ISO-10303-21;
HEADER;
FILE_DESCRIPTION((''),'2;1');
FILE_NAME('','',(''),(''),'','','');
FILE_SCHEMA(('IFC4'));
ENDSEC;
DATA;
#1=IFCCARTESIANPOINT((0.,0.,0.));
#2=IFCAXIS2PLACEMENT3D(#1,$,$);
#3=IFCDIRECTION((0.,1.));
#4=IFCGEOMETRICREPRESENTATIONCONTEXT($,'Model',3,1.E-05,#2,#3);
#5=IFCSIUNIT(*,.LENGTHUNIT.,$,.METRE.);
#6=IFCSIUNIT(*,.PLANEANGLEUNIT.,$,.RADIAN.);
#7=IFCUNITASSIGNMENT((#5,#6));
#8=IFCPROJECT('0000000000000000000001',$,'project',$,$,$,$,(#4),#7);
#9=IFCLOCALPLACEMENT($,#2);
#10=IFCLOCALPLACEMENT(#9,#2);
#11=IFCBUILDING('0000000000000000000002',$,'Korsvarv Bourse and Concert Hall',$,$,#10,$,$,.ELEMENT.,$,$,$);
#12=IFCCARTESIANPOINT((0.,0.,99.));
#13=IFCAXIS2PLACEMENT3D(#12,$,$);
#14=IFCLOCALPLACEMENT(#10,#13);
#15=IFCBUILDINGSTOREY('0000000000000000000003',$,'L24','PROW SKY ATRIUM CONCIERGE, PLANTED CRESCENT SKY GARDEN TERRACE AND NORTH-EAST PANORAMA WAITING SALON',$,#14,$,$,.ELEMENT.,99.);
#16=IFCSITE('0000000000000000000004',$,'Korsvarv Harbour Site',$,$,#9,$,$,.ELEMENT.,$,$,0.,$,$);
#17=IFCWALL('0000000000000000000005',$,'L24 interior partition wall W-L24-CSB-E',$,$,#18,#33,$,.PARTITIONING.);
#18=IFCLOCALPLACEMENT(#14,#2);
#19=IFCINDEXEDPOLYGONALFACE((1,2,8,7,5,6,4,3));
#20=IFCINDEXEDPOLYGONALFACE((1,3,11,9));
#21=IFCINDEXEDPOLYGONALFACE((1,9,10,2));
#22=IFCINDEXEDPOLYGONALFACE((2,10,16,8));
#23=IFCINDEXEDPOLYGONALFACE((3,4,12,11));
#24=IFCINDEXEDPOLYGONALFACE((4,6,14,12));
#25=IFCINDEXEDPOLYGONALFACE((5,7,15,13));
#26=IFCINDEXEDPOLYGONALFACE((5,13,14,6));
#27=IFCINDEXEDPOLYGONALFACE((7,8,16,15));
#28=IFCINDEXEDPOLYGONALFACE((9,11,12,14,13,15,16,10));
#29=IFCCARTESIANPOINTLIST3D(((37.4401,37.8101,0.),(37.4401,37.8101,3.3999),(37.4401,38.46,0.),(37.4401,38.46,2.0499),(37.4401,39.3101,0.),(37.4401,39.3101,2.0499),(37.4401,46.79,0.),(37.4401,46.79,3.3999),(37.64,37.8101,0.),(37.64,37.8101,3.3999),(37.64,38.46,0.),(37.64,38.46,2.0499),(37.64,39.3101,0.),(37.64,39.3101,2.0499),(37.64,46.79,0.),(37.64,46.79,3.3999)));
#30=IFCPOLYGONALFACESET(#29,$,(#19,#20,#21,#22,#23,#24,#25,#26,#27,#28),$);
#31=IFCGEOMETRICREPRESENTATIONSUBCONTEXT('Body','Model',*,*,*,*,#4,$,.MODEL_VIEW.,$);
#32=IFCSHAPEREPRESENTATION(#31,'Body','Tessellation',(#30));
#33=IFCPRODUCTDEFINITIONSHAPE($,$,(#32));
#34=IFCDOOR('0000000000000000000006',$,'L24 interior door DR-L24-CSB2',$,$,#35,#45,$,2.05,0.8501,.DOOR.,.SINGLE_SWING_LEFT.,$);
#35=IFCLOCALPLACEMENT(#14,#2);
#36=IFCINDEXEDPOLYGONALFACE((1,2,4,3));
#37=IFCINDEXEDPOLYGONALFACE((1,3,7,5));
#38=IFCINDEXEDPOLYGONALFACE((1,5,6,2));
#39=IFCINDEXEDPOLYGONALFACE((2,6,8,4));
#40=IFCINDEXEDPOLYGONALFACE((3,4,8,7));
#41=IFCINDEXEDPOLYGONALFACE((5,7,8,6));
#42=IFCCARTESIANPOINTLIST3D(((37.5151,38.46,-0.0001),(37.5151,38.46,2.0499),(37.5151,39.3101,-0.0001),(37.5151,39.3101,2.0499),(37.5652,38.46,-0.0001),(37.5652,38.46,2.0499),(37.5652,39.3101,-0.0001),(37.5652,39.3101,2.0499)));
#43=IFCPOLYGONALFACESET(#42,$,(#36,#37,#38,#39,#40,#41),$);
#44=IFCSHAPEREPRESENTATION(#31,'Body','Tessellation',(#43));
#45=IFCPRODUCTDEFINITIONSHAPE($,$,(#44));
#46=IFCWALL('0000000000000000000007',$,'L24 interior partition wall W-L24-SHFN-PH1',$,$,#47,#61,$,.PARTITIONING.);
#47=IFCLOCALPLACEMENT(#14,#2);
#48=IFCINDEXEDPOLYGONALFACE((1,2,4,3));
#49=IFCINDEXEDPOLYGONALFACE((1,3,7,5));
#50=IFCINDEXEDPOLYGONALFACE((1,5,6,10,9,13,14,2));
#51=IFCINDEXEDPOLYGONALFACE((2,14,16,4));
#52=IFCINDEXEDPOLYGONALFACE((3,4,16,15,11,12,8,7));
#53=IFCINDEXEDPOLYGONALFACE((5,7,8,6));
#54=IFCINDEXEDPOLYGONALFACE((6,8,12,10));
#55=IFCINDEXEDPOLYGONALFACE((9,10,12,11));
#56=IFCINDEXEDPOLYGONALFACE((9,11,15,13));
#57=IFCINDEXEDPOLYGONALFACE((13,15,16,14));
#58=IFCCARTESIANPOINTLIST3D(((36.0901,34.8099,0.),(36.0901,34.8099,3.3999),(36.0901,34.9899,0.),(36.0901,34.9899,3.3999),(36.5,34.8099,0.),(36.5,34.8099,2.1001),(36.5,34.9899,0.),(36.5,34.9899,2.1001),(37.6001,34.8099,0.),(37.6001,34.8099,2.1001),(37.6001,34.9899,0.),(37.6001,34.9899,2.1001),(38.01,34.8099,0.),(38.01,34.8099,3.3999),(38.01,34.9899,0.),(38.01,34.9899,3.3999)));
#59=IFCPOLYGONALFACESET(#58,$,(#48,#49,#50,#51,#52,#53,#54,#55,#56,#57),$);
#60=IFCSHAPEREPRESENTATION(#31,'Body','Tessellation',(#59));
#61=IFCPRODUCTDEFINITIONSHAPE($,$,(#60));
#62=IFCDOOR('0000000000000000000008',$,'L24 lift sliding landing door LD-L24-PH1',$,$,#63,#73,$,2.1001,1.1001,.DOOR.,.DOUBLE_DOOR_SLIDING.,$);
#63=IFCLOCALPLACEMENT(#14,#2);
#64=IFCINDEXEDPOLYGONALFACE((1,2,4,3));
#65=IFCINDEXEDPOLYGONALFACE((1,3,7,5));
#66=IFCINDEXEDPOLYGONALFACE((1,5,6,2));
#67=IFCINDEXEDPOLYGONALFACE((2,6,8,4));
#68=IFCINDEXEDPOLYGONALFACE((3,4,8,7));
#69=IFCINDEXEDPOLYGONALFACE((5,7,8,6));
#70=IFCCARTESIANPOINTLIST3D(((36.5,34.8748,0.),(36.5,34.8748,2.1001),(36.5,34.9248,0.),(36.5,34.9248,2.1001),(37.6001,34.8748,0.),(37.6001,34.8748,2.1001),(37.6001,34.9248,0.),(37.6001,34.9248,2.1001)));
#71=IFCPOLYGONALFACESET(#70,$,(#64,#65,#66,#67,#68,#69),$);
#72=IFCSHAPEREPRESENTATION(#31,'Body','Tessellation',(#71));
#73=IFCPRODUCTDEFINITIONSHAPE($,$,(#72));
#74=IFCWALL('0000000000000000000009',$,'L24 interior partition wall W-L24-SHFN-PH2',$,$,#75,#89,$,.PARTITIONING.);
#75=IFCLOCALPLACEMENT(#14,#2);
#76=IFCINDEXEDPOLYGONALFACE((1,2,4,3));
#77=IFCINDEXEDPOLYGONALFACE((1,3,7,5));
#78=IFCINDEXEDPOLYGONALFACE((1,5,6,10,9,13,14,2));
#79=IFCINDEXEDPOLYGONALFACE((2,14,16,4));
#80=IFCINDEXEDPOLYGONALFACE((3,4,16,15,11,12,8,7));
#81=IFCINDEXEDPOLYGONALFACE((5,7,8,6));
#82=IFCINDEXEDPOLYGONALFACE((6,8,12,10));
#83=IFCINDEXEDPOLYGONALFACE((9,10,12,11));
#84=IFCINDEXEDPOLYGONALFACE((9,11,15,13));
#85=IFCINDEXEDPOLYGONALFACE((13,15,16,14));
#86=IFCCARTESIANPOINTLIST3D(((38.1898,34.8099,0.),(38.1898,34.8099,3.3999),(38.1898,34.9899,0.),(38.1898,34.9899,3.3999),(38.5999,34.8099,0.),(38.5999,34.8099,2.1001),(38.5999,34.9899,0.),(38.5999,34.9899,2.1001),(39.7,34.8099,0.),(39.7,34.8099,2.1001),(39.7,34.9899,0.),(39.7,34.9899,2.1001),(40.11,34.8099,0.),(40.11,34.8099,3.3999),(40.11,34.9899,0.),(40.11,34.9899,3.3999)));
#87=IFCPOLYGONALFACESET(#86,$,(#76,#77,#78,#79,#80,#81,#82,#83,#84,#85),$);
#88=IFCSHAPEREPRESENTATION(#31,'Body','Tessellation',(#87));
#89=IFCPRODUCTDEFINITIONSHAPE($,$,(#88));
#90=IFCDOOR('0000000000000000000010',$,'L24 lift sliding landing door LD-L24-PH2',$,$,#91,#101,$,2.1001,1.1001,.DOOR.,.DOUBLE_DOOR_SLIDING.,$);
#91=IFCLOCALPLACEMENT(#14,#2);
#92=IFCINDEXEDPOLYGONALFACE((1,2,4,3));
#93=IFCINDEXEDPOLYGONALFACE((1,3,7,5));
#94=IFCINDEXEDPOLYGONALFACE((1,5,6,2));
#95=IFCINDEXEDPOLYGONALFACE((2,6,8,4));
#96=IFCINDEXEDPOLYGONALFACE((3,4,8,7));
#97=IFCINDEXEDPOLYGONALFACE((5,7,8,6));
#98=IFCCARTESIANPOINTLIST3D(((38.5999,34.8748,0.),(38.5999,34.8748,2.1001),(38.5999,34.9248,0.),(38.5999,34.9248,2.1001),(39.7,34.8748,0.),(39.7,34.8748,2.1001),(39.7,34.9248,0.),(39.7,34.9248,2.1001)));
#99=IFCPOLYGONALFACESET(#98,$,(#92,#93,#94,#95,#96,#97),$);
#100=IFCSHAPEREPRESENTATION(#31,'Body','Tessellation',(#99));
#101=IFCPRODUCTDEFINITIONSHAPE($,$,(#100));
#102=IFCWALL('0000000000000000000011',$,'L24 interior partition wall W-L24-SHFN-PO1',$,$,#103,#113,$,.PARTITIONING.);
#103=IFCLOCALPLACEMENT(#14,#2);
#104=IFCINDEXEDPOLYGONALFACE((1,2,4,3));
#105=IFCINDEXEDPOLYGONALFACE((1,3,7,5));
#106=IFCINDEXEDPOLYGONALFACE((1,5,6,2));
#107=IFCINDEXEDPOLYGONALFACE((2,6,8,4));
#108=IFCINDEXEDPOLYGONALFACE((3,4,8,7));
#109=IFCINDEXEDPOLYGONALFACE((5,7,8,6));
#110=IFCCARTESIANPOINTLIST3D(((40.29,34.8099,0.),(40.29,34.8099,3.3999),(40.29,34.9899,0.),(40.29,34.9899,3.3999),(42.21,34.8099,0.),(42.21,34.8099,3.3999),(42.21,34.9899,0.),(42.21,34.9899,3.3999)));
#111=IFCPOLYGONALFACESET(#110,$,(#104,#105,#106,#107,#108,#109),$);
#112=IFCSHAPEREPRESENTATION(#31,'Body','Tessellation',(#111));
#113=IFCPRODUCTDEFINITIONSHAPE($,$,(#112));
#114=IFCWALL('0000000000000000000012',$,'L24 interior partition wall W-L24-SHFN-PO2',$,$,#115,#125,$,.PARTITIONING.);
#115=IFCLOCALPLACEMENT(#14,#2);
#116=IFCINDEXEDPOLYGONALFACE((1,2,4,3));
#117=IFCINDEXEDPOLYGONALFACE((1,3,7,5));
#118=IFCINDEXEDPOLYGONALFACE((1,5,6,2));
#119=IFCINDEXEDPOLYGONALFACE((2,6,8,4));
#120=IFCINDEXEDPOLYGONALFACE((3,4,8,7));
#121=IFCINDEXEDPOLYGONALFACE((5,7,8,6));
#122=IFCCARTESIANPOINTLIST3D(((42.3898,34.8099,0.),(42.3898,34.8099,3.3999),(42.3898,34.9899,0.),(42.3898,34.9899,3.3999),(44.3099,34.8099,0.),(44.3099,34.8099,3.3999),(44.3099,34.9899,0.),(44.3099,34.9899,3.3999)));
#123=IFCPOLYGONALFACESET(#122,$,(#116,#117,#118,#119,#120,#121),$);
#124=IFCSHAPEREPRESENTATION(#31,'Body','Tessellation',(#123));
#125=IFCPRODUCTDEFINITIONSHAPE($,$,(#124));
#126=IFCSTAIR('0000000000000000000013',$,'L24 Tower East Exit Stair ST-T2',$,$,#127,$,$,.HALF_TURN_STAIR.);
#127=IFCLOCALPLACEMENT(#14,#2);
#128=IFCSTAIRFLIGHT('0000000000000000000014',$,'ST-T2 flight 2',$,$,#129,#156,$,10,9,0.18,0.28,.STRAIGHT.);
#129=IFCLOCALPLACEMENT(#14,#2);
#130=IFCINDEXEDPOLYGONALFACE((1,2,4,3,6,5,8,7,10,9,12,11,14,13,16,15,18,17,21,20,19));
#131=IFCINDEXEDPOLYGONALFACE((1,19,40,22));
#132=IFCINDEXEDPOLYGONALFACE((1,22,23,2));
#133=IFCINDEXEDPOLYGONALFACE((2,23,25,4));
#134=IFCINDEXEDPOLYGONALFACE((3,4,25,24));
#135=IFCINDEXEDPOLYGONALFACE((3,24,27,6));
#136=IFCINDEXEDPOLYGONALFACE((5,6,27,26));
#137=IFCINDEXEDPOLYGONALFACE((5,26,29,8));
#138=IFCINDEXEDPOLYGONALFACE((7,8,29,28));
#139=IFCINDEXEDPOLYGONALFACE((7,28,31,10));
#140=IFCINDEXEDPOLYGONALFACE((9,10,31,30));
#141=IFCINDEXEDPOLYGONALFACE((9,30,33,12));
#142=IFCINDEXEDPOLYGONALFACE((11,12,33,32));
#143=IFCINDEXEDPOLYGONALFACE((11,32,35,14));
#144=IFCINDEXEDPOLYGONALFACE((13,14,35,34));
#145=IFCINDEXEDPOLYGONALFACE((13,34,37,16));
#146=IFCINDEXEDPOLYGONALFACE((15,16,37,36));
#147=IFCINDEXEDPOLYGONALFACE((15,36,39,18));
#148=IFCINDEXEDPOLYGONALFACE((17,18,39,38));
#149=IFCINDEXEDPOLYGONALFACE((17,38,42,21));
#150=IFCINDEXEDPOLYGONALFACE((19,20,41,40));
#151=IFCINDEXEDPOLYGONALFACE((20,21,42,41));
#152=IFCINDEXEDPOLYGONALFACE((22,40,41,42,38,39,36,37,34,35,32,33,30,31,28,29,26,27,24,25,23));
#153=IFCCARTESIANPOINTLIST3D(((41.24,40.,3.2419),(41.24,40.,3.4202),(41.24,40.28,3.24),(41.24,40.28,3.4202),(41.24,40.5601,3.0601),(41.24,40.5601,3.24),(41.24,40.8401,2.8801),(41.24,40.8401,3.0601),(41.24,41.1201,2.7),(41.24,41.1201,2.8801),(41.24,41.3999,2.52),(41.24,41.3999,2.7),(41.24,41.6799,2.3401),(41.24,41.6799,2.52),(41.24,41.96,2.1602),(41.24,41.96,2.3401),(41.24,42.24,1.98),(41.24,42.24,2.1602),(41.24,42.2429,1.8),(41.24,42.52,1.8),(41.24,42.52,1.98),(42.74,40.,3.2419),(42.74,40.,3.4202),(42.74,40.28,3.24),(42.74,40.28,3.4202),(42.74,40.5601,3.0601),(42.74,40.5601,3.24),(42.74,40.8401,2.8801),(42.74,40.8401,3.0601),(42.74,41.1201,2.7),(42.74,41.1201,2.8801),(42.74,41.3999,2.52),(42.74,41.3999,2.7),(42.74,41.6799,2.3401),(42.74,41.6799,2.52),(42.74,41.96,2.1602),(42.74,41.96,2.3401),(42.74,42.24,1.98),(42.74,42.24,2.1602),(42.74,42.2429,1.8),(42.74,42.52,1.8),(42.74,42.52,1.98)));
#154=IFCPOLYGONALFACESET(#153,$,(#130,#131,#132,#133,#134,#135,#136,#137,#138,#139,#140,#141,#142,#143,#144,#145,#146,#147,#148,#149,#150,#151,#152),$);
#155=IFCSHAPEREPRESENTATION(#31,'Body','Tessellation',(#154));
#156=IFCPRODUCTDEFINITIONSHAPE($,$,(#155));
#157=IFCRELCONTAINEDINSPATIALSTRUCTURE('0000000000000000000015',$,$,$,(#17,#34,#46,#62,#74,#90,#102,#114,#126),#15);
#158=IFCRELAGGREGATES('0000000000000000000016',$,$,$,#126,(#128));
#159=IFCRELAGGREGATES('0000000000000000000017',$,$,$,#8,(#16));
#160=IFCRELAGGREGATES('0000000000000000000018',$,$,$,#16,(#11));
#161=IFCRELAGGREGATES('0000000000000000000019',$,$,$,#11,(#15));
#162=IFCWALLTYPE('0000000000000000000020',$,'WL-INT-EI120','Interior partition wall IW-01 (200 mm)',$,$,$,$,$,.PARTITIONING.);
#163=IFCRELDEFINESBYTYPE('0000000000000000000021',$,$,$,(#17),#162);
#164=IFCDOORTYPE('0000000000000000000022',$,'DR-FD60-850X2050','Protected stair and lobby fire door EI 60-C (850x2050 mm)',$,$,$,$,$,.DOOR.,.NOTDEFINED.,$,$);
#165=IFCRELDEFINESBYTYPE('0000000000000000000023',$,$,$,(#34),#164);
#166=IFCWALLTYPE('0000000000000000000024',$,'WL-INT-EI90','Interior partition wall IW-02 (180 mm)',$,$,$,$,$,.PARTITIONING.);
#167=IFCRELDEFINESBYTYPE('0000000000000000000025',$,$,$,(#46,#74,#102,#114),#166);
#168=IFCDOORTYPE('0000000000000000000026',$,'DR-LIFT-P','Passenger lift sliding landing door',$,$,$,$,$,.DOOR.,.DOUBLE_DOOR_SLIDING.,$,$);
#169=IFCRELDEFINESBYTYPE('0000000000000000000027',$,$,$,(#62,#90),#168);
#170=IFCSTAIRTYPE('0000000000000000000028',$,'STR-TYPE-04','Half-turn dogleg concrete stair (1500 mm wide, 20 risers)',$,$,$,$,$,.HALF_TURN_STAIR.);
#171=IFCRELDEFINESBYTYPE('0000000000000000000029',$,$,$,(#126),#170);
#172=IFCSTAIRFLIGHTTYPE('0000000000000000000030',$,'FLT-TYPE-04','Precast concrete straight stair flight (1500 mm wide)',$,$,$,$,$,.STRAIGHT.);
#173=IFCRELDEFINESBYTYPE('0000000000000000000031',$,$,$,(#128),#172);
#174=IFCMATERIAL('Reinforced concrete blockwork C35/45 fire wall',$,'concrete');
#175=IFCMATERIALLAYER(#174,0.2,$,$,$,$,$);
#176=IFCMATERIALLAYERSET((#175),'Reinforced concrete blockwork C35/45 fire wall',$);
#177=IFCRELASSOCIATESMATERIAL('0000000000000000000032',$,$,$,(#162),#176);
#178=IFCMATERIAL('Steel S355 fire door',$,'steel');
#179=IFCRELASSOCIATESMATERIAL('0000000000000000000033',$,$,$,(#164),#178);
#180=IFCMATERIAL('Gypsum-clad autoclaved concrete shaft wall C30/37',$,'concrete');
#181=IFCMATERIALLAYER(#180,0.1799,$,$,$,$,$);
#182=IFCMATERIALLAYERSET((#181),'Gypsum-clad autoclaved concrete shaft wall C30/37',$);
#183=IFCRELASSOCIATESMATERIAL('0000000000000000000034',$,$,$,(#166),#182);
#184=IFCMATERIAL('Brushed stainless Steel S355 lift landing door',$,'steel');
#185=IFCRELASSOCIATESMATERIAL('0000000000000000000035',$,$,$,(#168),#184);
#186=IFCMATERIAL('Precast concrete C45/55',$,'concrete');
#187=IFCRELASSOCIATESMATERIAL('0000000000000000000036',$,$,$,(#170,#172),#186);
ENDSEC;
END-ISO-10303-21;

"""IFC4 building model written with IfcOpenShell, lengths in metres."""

from ifc_helpers import new_model, si_unit, direction, frame, frame_2d, origin, place, context, subcontext, project, spatial, polyline, rectangle, outline, extrude, material, layer, layer_set, type_object, element, fill, aggregate, save


model = new_model("IFC4")

# Units and contexts
model_context = context("Model", 3, precision=1e-05, world=origin(), true_north=direction((0.0, 1.0)))
body_context = subcontext(model_context, "Body", "Model", "MODEL_VIEW")
ifc_project = project(units=[si_unit("LENGTHUNIT", "METRE"), si_unit("PLANEANGLEUNIT", "RADIAN")], contexts=[model_context])

# Site, building, storey
site_placement = place(None, origin())
site = spatial("IfcSite", under=ifc_project, at=site_placement, Name="Korsvarv Harbour Site", CompositionType="ELEMENT", RefElevation=0.0)
building_placement = place(site_placement, origin())
building = spatial("IfcBuilding", under=site, at=building_placement, Name="Korsvarv Bourse and Concert Hall", CompositionType="ELEMENT")
storey_placement = place(building_placement, frame((0.0, 0.0, 99.0)))
storey = spatial("IfcBuildingStorey", under=building, at=storey_placement, Name="L24", Description="PROW SKY ATRIUM CONCIERGE, PLANTED CRESCENT SKY GARDEN TERRACE AND NORTH-EAST PANORAMA WAITING SALON", CompositionType="ELEMENT", Elevation=99.0)

# Shared definitions
ifc_material_1 = material(Name="Steel S355 fire door", Category="steel")

# Walls, openings, doors
ifc_material_2 = material(Name="Reinforced concrete blockwork C35/45 fire wall", Category="concrete")
ifc_layer_1 = layer(ifc_material_2, 0.2)
ifc_layer_set_1 = layer_set([ifc_layer_1], Name="Reinforced concrete blockwork C35/45 fire wall")
wall_type_1 = type_object("IfcWallType", Name="WL-INT-EI120", Description="Interior partition wall IW-01 (200 mm)", PredefinedType="PARTITIONING", material=ifc_layer_set_1)
wall_1_placement = place(storey_placement, frame((37.54, 37.8101, 0.0), z_axis=(0.0, 0.0, 1.0), x_axis=(0.0, 1.0, 0.0)))
wall_1 = element("IfcWall", 1, at=wall_1_placement, inside=storey, type_object=wall_type_1, Name="L24 interior partition wall W-L24-CSB-E", PredefinedType="PARTITIONING", context=body_context, shape_type="SweptSolid", body=[
    extrude(rectangle(XDim=8.98, YDim=0.2, at=frame_2d((4.49, 0.0))), origin(), (0.0, 0.0, 1.0), 3.3999),
])
opening_1_placement = place(wall_1_placement, frame((0.6499, 0.0, 0.0)))
opening_1 = element("IfcOpeningElement", 2, at=opening_1_placement, cuts=wall_1, PredefinedType="OPENING", context=body_context, shape_type="SweptSolid", body=[
    extrude(rectangle(XDim=0.8501, YDim=2.05, at=frame_2d((0.425, 1.0249))), frame((0.0, 0.1099, 0.0), z_axis=(0.0, -1.0, 0.0), x_axis=(1.0, 0.0, 0.0)), (0.0, 0.0, 1.0), 0.22),
])
door_type_1 = type_object("IfcDoorType", Name="DR-FD60-850X2050", Description="Protected stair and lobby fire door EI 60-C (850x2050 mm)", OperationType="NOTDEFINED", PredefinedType="DOOR", material=ifc_material_1)
door_1_placement = place(opening_1_placement, origin())
door_1 = element("IfcDoor", 3, at=door_1_placement, inside=storey, type_object=door_type_1, Name="L24 interior door DR-L24-CSB2", OperationType="SINGLE_SWING_LEFT", OverallHeight=2.05, OverallWidth=0.8501, PredefinedType="DOOR", context=body_context, shape_type="SweptSolid", body=[
    extrude(rectangle(XDim=0.8501, YDim=2.05, at=frame_2d((0.425, 1.0249))), frame((0.0, 0.0249, 0.0), z_axis=(0.0, -1.0, 0.0), x_axis=(1.0, 0.0, 0.0)), (0.0, 0.0, 1.0), 0.05),
])
fill(opening_1, door_1)
ifc_material_3 = material(Name="Gypsum-clad autoclaved concrete shaft wall C30/37", Category="concrete")
ifc_layer_2 = layer(ifc_material_3, 0.1799)
ifc_layer_set_2 = layer_set([ifc_layer_2], Name="Gypsum-clad autoclaved concrete shaft wall C30/37")
wall_type_2 = type_object("IfcWallType", Name="WL-INT-EI90", Description="Interior partition wall IW-02 (180 mm)", PredefinedType="PARTITIONING", material=ifc_layer_set_2)
wall_2_placement = place(storey_placement, frame((36.0901, 34.8999, 0.0), z_axis=(0.0, 0.0, 1.0), x_axis=(1.0, 0.0, 0.0)))
wall_2 = element("IfcWall", 4, at=wall_2_placement, inside=storey, type_object=wall_type_2, Name="L24 interior partition wall W-L24-SHFN-PH1", PredefinedType="PARTITIONING", context=body_context, shape_type="SweptSolid", body=[
    extrude(rectangle(XDim=1.9199, YDim=0.1799, at=frame_2d((0.96, 0.0))), origin(), (0.0, 0.0, 1.0), 3.3999),
])
opening_2_placement = place(wall_2_placement, frame((0.4099, 0.0, 0.0)))
opening_2 = element("IfcOpeningElement", 5, at=opening_2_placement, cuts=wall_2, PredefinedType="OPENING", context=body_context, shape_type="SweptSolid", body=[
    extrude(rectangle(XDim=1.1001, YDim=2.1001, at=frame_2d((0.55, 1.05))), frame((0.0, 0.1001, 0.0), z_axis=(0.0, -1.0, 0.0), x_axis=(1.0, 0.0, 0.0)), (0.0, 0.0, 1.0), 0.2),
])
ifc_material_4 = material(Name="Brushed stainless Steel S355 lift landing door", Category="steel")
door_type_2 = type_object("IfcDoorType", Name="DR-LIFT-P", Description="Passenger lift sliding landing door", OperationType="DOUBLE_DOOR_SLIDING", PredefinedType="DOOR", material=ifc_material_4)
door_2_placement = place(opening_2_placement, origin())
door_2 = element("IfcDoor", 6, at=door_2_placement, inside=storey, type_object=door_type_2, Name="L24 lift sliding landing door LD-L24-PH1", OperationType="DOUBLE_DOOR_SLIDING", OverallHeight=2.1001, OverallWidth=1.1001, PredefinedType="DOOR", context=body_context, shape_type="SweptSolid", body=[
    extrude(rectangle(XDim=1.1001, YDim=2.1001, at=frame_2d((0.55, 1.05))), frame((0.0, 0.0249, 0.0), z_axis=(0.0, -1.0, 0.0), x_axis=(1.0, 0.0, 0.0)), (0.0, 0.0, 1.0), 0.05),
])
fill(opening_2, door_2)
wall_3_placement = place(storey_placement, frame((38.1899, 34.8999, 0.0), z_axis=(0.0, 0.0, 1.0), x_axis=(1.0, 0.0, 0.0)))
wall_3 = element("IfcWall", 7, at=wall_3_placement, inside=storey, type_object=wall_type_2, Name="L24 interior partition wall W-L24-SHFN-PH2", PredefinedType="PARTITIONING", context=body_context, shape_type="SweptSolid", body=[
    extrude(rectangle(XDim=1.9202, YDim=0.1799, at=frame_2d((0.96, 0.0))), origin(), (0.0, 0.0, 1.0), 3.3999),
])
opening_3_placement = place(wall_3_placement, frame((0.4099, 0.0, 0.0)))
opening_3 = element("IfcOpeningElement", 8, at=opening_3_placement, cuts=wall_3, PredefinedType="OPENING", context=body_context, shape_type="SweptSolid", body=[
    extrude(rectangle(XDim=1.1001, YDim=2.1001, at=frame_2d((0.55, 1.05))), frame((0.0, 0.1001, 0.0), z_axis=(0.0, -1.0, 0.0), x_axis=(1.0, 0.0, 0.0)), (0.0, 0.0, 1.0), 0.2),
])
door_3_placement = place(opening_3_placement, origin())
door_3 = element("IfcDoor", 9, at=door_3_placement, inside=storey, type_object=door_type_2, Name="L24 lift sliding landing door LD-L24-PH2", OperationType="DOUBLE_DOOR_SLIDING", OverallHeight=2.1001, OverallWidth=1.1001, PredefinedType="DOOR", context=body_context, shape_type="SweptSolid", body=[
    extrude(rectangle(XDim=1.1001, YDim=2.1001, at=frame_2d((0.55, 1.05))), frame((0.0, 0.0249, 0.0), z_axis=(0.0, -1.0, 0.0), x_axis=(1.0, 0.0, 0.0)), (0.0, 0.0, 1.0), 0.05),
])
fill(opening_3, door_3)

# Walls
wall_4_placement = place(storey_placement, frame((40.29, 34.8999, 0.0), z_axis=(0.0, 0.0, 1.0), x_axis=(1.0, 0.0, 0.0)))
element("IfcWall", 10, at=wall_4_placement, inside=storey, type_object=wall_type_2, Name="L24 interior partition wall W-L24-SHFN-PO1", PredefinedType="PARTITIONING", context=body_context, shape_type="SweptSolid", body=[
    extrude(rectangle(XDim=1.9199, YDim=0.1799, at=frame_2d((0.96, 0.0))), origin(), (0.0, 0.0, 1.0), 3.3999),
])
wall_5_placement = place(storey_placement, frame((42.3899, 34.8999, 0.0), z_axis=(0.0, 0.0, 1.0), x_axis=(1.0, 0.0, 0.0)))
element("IfcWall", 11, at=wall_5_placement, inside=storey, type_object=wall_type_2, Name="L24 interior partition wall W-L24-SHFN-PO2", PredefinedType="PARTITIONING", context=body_context, shape_type="SweptSolid", body=[
    extrude(rectangle(XDim=1.9202, YDim=0.1799, at=frame_2d((0.96, 0.0))), origin(), (0.0, 0.0, 1.0), 3.3999),
])

# Stair, stair flight
ifc_material_5 = material(Name="Precast concrete C45/55", Category="concrete")
stair_type = type_object("IfcStairType", Name="STR-TYPE-04", Description="Half-turn dogleg concrete stair (1500 mm wide, 20 risers)", PredefinedType="HALF_TURN_STAIR", material=ifc_material_5)
stair_placement = place(storey_placement, origin())
stair = element("IfcStair", 12, at=stair_placement, inside=storey, type_object=stair_type, Name="L24 Tower East Exit Stair ST-T2", PredefinedType="HALF_TURN_STAIR")
stair_flight_type = type_object("IfcStairFlightType", Name="FLT-TYPE-04", Description="Precast concrete straight stair flight (1500 mm wide)", PredefinedType="STRAIGHT", material=ifc_material_5)
stair_flight_placement = place(storey_placement, frame((41.99, 42.52, 1.8), z_axis=(0.0, 0.0, 1.0), x_axis=(0.0, -1.0, 0.0)))
stair_flight = element("IfcStairFlight", 13, at=stair_flight_placement, type_object=stair_flight_type, Name="ST-T2 flight 2", NumberOfRisers=10, NumberOfTreads=9, PredefinedType="STRAIGHT", RiserHeight=0.18, TreadLength=0.28, context=body_context, shape_type="SweptSolid", body=[
    extrude(outline(polyline([(0.0, 0.0), (0.0, 0.1799), (0.28, 0.1799), (0.28, 0.3601), (0.5601, 0.3601), (0.5601, 0.54), (0.8401, 0.54), (0.8401, 0.72), (1.1201, 0.72), (1.1201, 0.8999), (1.3999, 0.8999), (1.3999, 1.0801), (1.6799, 1.0801), (1.6799, 1.26), (1.96, 1.26), (1.96, 1.4399), (2.24, 1.4399), (2.24, 1.6201), (2.52, 1.6201), (2.52, 1.8), (2.52, 1.4419), (0.2771, 0.0), (0.0, 0.0)])), frame((0.0, 0.75, 0.0), z_axis=(0.0, -1.0, 0.0), x_axis=(1.0, 0.0, 0.0)), (0.0, 0.0, 1.0), 1.5),
])
aggregate(stair, [stair_flight])

save(model, "model.ifc")
